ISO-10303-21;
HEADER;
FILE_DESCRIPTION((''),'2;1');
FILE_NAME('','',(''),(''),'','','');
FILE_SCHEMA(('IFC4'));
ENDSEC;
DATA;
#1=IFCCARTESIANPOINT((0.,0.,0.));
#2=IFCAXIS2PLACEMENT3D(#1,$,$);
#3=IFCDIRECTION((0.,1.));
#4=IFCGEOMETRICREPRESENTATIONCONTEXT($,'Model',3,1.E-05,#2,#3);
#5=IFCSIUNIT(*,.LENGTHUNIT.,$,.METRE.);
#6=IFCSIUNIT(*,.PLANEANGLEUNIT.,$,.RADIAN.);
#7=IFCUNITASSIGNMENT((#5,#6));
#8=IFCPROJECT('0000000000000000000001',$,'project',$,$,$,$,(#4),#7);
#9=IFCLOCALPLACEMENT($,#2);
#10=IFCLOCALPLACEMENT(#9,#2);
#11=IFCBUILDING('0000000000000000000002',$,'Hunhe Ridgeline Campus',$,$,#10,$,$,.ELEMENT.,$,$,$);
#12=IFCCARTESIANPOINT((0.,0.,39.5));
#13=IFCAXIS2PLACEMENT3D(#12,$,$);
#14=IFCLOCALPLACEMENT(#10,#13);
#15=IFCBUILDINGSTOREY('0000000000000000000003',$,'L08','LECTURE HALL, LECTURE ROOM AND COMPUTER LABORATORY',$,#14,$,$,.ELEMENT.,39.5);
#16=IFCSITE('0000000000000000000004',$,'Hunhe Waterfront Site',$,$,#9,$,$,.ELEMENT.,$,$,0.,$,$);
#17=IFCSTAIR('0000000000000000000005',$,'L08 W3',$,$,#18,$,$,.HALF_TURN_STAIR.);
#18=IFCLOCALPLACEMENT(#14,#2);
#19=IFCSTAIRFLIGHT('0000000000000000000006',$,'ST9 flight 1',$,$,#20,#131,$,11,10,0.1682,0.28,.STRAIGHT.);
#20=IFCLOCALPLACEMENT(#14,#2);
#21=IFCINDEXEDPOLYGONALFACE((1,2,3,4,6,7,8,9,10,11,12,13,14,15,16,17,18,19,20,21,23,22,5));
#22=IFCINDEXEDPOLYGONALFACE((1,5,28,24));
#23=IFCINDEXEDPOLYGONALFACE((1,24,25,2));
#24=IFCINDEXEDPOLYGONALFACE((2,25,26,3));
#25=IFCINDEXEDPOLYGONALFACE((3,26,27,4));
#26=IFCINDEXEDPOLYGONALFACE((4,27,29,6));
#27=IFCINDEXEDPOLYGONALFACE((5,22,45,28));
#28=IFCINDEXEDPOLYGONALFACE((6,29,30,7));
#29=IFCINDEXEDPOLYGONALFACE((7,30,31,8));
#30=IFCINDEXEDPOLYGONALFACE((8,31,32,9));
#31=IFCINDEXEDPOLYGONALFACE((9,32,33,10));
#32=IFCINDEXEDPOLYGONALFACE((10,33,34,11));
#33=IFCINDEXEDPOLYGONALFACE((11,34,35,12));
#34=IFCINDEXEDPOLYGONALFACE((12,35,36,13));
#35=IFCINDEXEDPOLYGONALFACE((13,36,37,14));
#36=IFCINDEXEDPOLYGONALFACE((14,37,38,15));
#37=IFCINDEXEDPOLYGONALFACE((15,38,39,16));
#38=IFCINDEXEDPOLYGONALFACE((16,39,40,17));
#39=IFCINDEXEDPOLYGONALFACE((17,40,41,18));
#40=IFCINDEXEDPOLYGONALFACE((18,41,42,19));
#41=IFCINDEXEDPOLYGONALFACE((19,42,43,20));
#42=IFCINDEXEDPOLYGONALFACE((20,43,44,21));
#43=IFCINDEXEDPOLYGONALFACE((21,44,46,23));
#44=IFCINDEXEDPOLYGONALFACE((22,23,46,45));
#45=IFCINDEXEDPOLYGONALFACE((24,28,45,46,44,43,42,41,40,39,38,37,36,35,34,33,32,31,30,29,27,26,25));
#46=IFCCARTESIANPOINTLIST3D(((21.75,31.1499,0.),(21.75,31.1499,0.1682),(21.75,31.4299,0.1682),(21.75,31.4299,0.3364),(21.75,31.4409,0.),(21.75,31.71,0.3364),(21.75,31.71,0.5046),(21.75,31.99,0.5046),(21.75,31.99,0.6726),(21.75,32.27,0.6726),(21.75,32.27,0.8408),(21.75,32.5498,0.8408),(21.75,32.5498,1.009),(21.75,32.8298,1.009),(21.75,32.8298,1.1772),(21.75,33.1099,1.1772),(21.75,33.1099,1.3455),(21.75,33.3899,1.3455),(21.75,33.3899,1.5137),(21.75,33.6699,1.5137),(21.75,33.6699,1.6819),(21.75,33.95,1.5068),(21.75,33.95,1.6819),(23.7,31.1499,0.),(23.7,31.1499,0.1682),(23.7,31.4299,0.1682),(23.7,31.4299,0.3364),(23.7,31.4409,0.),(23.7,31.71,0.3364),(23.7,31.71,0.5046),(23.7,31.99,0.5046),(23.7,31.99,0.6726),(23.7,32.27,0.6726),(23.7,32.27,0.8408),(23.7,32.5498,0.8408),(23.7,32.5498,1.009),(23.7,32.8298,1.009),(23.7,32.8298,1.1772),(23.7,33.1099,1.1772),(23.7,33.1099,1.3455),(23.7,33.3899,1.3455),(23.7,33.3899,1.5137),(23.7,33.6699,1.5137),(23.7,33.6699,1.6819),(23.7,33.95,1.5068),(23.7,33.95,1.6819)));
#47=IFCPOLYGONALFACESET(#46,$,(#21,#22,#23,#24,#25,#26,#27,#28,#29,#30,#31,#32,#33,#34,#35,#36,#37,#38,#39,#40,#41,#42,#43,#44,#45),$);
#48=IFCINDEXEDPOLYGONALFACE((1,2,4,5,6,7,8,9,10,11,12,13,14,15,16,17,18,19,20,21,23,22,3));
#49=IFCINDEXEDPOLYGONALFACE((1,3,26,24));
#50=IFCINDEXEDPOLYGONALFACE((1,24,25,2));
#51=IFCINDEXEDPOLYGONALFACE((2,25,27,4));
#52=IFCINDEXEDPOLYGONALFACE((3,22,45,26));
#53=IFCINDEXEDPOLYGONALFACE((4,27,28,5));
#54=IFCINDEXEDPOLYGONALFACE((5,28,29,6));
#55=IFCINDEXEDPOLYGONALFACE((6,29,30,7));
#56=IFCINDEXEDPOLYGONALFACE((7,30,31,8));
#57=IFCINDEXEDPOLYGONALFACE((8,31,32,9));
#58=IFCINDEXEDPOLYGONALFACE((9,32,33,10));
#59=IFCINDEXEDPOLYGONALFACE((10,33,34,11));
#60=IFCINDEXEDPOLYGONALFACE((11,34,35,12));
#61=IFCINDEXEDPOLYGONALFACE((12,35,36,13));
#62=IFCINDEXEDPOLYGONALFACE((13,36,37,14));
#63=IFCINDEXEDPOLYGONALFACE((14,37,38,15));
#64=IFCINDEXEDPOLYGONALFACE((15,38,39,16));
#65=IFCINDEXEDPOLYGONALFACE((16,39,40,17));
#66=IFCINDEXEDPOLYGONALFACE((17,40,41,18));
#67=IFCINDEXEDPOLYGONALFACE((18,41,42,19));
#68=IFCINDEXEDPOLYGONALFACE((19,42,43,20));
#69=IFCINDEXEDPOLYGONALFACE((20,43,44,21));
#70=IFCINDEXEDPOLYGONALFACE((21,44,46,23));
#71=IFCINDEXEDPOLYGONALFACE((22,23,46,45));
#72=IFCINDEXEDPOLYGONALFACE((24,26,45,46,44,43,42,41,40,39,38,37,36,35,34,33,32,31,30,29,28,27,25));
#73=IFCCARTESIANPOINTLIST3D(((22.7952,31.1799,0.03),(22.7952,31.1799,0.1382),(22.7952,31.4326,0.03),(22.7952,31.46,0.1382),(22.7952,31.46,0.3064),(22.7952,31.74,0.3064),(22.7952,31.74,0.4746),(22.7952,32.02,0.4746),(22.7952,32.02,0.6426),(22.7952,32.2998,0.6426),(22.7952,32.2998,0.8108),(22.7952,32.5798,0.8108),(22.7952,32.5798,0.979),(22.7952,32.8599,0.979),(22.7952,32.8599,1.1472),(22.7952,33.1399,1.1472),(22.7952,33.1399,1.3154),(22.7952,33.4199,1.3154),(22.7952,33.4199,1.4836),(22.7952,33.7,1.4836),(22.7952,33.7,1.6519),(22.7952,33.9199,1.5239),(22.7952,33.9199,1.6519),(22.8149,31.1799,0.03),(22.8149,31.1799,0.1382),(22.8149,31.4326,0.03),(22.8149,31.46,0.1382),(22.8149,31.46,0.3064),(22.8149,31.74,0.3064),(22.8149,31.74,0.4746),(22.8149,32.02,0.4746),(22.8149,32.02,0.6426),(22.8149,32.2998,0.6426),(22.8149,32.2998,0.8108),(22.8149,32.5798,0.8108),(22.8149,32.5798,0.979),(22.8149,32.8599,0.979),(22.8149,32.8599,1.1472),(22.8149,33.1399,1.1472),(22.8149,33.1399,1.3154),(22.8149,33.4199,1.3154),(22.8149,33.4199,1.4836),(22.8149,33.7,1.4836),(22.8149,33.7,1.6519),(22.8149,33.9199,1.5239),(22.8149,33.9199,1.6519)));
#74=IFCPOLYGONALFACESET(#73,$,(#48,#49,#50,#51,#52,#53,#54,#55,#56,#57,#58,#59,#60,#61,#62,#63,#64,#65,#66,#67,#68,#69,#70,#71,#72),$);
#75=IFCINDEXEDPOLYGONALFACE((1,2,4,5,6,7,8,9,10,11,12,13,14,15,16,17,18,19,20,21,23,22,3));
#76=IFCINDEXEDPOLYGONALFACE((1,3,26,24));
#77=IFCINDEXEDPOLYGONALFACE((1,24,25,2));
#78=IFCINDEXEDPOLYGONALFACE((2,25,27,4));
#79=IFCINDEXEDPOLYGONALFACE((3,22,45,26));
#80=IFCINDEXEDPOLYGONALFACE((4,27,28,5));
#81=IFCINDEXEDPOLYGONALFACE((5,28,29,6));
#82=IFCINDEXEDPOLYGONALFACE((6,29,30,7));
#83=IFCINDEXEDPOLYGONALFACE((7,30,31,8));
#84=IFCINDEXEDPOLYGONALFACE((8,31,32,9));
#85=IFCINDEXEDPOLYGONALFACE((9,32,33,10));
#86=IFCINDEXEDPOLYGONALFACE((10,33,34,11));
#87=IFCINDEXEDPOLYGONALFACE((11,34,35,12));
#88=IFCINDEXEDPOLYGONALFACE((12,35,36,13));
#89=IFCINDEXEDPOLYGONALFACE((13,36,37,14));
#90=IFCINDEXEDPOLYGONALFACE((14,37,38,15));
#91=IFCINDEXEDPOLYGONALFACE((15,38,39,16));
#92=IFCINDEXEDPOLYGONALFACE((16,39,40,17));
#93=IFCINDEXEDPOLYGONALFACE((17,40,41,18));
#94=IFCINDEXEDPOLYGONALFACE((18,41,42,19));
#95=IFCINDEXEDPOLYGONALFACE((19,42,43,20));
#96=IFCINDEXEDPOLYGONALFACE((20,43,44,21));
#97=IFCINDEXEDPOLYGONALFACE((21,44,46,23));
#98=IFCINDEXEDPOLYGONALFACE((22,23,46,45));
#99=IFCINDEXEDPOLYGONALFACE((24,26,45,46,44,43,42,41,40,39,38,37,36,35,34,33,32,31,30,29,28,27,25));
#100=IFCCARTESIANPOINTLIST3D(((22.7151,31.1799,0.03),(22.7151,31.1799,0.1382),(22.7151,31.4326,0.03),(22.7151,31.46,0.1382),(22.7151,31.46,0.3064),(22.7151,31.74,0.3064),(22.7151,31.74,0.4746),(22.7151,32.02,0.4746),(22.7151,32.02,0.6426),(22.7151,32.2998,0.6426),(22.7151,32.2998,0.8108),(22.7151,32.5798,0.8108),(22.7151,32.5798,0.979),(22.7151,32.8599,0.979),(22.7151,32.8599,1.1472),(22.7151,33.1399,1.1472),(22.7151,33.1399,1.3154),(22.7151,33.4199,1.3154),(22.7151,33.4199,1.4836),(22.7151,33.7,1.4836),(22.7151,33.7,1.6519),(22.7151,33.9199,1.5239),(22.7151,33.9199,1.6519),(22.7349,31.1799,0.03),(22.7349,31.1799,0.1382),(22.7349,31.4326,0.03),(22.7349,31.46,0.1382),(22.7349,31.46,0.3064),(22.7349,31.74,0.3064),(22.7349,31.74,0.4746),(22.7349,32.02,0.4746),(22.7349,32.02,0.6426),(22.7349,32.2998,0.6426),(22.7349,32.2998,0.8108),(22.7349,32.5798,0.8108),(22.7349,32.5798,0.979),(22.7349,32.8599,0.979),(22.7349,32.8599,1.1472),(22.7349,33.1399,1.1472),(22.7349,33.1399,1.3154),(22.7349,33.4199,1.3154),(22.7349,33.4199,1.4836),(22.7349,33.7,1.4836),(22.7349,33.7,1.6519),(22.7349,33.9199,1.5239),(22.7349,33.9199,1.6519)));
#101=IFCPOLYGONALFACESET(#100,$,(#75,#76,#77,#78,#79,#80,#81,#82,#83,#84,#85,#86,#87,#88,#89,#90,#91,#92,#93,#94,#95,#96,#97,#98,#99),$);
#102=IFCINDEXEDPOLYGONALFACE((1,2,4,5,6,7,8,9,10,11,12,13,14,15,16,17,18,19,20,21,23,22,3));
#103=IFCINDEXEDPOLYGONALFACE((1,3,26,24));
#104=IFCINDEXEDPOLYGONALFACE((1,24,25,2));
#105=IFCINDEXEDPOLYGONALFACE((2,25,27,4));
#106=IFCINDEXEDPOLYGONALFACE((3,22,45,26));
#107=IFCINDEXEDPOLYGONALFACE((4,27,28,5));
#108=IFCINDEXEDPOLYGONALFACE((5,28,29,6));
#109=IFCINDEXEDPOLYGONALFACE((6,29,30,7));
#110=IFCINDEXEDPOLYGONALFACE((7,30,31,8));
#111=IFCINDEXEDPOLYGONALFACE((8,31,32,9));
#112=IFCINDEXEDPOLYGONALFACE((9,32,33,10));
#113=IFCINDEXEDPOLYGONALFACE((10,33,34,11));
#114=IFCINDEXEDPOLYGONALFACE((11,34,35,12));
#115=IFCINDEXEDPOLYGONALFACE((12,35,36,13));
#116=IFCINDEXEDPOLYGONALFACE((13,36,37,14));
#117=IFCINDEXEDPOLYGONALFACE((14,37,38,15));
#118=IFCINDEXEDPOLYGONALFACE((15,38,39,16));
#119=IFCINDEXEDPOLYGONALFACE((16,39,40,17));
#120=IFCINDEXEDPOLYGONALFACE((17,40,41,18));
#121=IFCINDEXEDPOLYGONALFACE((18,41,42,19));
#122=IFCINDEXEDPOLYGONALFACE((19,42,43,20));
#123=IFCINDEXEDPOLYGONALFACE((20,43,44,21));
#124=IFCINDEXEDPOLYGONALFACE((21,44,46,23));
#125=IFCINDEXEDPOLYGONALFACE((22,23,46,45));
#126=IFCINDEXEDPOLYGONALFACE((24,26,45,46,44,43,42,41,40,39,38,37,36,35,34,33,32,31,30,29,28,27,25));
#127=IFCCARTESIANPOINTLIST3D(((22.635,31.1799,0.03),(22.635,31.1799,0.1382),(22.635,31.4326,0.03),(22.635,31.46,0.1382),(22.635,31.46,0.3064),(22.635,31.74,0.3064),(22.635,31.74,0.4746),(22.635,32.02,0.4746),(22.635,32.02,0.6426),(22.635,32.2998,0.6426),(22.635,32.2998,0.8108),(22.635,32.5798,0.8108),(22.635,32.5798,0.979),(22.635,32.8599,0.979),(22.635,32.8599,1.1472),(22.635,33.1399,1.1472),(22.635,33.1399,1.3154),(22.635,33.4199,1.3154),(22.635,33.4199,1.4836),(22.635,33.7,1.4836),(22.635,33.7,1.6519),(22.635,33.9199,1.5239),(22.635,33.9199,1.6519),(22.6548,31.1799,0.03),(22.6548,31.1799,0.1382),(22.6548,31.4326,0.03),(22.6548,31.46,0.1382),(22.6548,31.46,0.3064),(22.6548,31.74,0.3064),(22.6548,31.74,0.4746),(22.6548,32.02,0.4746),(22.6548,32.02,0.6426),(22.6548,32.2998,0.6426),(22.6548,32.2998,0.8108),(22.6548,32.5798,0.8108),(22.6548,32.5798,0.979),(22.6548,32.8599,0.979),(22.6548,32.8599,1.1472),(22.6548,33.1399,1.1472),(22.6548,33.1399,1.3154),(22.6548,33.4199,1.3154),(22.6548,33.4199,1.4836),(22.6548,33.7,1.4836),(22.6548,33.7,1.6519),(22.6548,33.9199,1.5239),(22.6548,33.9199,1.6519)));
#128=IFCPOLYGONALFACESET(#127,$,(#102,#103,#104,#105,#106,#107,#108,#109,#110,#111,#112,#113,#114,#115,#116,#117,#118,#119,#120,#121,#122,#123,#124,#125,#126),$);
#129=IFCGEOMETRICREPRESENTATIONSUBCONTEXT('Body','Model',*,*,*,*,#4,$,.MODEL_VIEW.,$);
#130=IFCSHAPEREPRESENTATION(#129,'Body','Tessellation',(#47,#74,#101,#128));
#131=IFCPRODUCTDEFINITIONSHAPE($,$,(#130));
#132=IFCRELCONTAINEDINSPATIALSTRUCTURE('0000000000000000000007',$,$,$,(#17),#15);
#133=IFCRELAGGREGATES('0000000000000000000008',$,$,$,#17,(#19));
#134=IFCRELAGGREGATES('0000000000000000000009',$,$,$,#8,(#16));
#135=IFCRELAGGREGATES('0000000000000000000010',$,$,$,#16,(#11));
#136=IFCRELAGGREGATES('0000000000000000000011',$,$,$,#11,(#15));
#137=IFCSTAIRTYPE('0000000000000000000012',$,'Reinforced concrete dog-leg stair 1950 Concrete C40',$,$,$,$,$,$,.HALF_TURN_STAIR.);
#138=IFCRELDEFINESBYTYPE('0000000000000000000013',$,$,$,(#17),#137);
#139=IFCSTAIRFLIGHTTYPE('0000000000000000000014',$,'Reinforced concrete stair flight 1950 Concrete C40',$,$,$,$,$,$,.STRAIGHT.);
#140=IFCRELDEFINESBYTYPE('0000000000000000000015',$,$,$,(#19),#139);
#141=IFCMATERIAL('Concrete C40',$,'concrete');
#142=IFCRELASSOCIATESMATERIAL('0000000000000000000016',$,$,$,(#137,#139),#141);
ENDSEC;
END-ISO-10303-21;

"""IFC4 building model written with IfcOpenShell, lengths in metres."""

from ifc_helpers import new_model, si_unit, direction, frame, origin, place, context, subcontext, project, spatial, polyline, outline, extrude, material, type_object, element, aggregate, save


model = new_model("IFC4")

# Units and contexts
model_context = context("Model", 3, precision=1e-05, world=origin(), true_north=direction((0.0, 1.0)))
body_context = subcontext(model_context, "Body", "Model", "MODEL_VIEW")
ifc_project = project(units=[si_unit("LENGTHUNIT", "METRE"), si_unit("PLANEANGLEUNIT", "RADIAN")], contexts=[model_context])

# Site, building, storey
site_placement = place(None, origin())
site = spatial("IfcSite", under=ifc_project, at=site_placement, Name="Hunhe Waterfront Site", CompositionType="ELEMENT", RefElevation=0.0)
building_placement = place(site_placement, origin())
building = spatial("IfcBuilding", under=site, at=building_placement, Name="Hunhe Ridgeline Campus", CompositionType="ELEMENT")
storey_placement = place(building_placement, frame((0.0, 0.0, 39.5)))
storey = spatial("IfcBuildingStorey", under=building, at=storey_placement, Name="L08", Description="LECTURE HALL, LECTURE ROOM AND COMPUTER LABORATORY", CompositionType="ELEMENT", Elevation=39.5)

# Stair, stair flight
ifc_material_1 = material(Name="Concrete C40", Category="concrete")
stair_type = type_object("IfcStairType", Name="Reinforced concrete dog-leg stair 1950 Concrete C40", PredefinedType="HALF_TURN_STAIR", material=ifc_material_1)
stair_placement = place(storey_placement, origin())
stair = element("IfcStair", 1, at=stair_placement, inside=storey, type_object=stair_type, Name="L08 W3", PredefinedType="HALF_TURN_STAIR")
stair_flight_type = type_object("IfcStairFlightType", Name="Reinforced concrete stair flight 1950 Concrete C40", PredefinedType="STRAIGHT", material=ifc_material_1)
stair_flight_placement = place(storey_placement, frame((22.7251, 31.1499, 0.0), z_axis=(0.0, 0.0, 1.0), x_axis=(0.0, 1.0, 0.0)))
stair_flight = element("IfcStairFlight", 2, at=stair_flight_placement, type_object=stair_flight_type, Name="ST9 flight 1", NumberOfRisers=11, NumberOfTreads=10, PredefinedType="STRAIGHT", RiserHeight=0.1682, TreadLength=0.28, context=body_context, shape_type="SweptSolid", body=[
    extrude(outline(polyline([(0.0, 0.0), (0.0, 0.1682), (0.28, 0.1682), (0.28, 0.3364), (0.5601, 0.3364), (0.5601, 0.5046), (0.8401, 0.5046), (0.8401, 0.6726), (1.1201, 0.6726), (1.1201, 0.8408), (1.3999, 0.8408), (1.3999, 1.009), (1.6799, 1.009), (1.6799, 1.1772), (1.96, 1.1772), (1.96, 1.3455), (2.24, 1.3455), (2.24, 1.5137), (2.52, 1.5137), (2.52, 1.6819), (2.8, 1.6819), (2.8, 1.8501), (2.8, 1.5068), (0.291, 0.0), (0.0, 0.0)])), frame((0.0, 0.9751, 0.0), z_axis=(0.0, -1.0, 0.0), x_axis=(1.0, 0.0, 0.0)), (0.0, 0.0, 1.0), 1.95),
    extrude(outline(polyline([(0.03, 0.03), (0.03, 0.1382), (0.3101, 0.1382), (0.3101, 0.3064), (0.5901, 0.3064), (0.5901, 0.4746), (0.8701, 0.4746), (0.8701, 0.6426), (1.1499, 0.6426), (1.1499, 0.8108), (1.4299, 0.8108), (1.4299, 0.979), (1.71, 0.979), (1.71, 1.1472), (1.99, 1.1472), (1.99, 1.3154), (2.27, 1.3154), (2.27, 1.4836), (2.55, 1.4836), (2.55, 1.6519), (2.77, 1.6519), (2.77, 1.5239), (0.2827, 0.03), (0.03, 0.03)])), frame((0.0, -0.0701, 0.0), z_axis=(0.0, -1.0, 0.0), x_axis=(1.0, 0.0, 0.0)), (0.0, 0.0, 1.0), 0.0198),
    extrude(outline(polyline([(0.03, 0.03), (0.03, 0.1382), (0.3101, 0.1382), (0.3101, 0.3064), (0.5901, 0.3064), (0.5901, 0.4746), (0.8701, 0.4746), (0.8701, 0.6426), (1.1499, 0.6426), (1.1499, 0.8108), (1.4299, 0.8108), (1.4299, 0.979), (1.71, 0.979), (1.71, 1.1472), (1.99, 1.1472), (1.99, 1.3154), (2.27, 1.3154), (2.27, 1.4836), (2.55, 1.4836), (2.55, 1.6519), (2.77, 1.6519), (2.77, 1.5239), (0.2827, 0.03), (0.03, 0.03)])), frame((0.0, 0.01, 0.0), z_axis=(0.0, -1.0, 0.0), x_axis=(1.0, 0.0, 0.0)), (0.0, 0.0, 1.0), 0.0198),
    extrude(outline(polyline([(0.03, 0.03), (0.03, 0.1382), (0.3101, 0.1382), (0.3101, 0.3064), (0.5901, 0.3064), (0.5901, 0.4746), (0.8701, 0.4746), (0.8701, 0.6426), (1.1499, 0.6426), (1.1499, 0.8108), (1.4299, 0.8108), (1.4299, 0.979), (1.71, 0.979), (1.71, 1.1472), (1.99, 1.1472), (1.99, 1.3154), (2.27, 1.3154), (2.27, 1.4836), (2.55, 1.4836), (2.55, 1.6519), (2.77, 1.6519), (2.77, 1.5239), (0.2827, 0.03), (0.03, 0.03)])), frame((0.0, 0.0901, 0.0), z_axis=(0.0, -1.0, 0.0), x_axis=(1.0, 0.0, 0.0)), (0.0, 0.0, 1.0), 0.0198),
])
aggregate(stair, [stair_flight])

save(model, "model.ifc")
